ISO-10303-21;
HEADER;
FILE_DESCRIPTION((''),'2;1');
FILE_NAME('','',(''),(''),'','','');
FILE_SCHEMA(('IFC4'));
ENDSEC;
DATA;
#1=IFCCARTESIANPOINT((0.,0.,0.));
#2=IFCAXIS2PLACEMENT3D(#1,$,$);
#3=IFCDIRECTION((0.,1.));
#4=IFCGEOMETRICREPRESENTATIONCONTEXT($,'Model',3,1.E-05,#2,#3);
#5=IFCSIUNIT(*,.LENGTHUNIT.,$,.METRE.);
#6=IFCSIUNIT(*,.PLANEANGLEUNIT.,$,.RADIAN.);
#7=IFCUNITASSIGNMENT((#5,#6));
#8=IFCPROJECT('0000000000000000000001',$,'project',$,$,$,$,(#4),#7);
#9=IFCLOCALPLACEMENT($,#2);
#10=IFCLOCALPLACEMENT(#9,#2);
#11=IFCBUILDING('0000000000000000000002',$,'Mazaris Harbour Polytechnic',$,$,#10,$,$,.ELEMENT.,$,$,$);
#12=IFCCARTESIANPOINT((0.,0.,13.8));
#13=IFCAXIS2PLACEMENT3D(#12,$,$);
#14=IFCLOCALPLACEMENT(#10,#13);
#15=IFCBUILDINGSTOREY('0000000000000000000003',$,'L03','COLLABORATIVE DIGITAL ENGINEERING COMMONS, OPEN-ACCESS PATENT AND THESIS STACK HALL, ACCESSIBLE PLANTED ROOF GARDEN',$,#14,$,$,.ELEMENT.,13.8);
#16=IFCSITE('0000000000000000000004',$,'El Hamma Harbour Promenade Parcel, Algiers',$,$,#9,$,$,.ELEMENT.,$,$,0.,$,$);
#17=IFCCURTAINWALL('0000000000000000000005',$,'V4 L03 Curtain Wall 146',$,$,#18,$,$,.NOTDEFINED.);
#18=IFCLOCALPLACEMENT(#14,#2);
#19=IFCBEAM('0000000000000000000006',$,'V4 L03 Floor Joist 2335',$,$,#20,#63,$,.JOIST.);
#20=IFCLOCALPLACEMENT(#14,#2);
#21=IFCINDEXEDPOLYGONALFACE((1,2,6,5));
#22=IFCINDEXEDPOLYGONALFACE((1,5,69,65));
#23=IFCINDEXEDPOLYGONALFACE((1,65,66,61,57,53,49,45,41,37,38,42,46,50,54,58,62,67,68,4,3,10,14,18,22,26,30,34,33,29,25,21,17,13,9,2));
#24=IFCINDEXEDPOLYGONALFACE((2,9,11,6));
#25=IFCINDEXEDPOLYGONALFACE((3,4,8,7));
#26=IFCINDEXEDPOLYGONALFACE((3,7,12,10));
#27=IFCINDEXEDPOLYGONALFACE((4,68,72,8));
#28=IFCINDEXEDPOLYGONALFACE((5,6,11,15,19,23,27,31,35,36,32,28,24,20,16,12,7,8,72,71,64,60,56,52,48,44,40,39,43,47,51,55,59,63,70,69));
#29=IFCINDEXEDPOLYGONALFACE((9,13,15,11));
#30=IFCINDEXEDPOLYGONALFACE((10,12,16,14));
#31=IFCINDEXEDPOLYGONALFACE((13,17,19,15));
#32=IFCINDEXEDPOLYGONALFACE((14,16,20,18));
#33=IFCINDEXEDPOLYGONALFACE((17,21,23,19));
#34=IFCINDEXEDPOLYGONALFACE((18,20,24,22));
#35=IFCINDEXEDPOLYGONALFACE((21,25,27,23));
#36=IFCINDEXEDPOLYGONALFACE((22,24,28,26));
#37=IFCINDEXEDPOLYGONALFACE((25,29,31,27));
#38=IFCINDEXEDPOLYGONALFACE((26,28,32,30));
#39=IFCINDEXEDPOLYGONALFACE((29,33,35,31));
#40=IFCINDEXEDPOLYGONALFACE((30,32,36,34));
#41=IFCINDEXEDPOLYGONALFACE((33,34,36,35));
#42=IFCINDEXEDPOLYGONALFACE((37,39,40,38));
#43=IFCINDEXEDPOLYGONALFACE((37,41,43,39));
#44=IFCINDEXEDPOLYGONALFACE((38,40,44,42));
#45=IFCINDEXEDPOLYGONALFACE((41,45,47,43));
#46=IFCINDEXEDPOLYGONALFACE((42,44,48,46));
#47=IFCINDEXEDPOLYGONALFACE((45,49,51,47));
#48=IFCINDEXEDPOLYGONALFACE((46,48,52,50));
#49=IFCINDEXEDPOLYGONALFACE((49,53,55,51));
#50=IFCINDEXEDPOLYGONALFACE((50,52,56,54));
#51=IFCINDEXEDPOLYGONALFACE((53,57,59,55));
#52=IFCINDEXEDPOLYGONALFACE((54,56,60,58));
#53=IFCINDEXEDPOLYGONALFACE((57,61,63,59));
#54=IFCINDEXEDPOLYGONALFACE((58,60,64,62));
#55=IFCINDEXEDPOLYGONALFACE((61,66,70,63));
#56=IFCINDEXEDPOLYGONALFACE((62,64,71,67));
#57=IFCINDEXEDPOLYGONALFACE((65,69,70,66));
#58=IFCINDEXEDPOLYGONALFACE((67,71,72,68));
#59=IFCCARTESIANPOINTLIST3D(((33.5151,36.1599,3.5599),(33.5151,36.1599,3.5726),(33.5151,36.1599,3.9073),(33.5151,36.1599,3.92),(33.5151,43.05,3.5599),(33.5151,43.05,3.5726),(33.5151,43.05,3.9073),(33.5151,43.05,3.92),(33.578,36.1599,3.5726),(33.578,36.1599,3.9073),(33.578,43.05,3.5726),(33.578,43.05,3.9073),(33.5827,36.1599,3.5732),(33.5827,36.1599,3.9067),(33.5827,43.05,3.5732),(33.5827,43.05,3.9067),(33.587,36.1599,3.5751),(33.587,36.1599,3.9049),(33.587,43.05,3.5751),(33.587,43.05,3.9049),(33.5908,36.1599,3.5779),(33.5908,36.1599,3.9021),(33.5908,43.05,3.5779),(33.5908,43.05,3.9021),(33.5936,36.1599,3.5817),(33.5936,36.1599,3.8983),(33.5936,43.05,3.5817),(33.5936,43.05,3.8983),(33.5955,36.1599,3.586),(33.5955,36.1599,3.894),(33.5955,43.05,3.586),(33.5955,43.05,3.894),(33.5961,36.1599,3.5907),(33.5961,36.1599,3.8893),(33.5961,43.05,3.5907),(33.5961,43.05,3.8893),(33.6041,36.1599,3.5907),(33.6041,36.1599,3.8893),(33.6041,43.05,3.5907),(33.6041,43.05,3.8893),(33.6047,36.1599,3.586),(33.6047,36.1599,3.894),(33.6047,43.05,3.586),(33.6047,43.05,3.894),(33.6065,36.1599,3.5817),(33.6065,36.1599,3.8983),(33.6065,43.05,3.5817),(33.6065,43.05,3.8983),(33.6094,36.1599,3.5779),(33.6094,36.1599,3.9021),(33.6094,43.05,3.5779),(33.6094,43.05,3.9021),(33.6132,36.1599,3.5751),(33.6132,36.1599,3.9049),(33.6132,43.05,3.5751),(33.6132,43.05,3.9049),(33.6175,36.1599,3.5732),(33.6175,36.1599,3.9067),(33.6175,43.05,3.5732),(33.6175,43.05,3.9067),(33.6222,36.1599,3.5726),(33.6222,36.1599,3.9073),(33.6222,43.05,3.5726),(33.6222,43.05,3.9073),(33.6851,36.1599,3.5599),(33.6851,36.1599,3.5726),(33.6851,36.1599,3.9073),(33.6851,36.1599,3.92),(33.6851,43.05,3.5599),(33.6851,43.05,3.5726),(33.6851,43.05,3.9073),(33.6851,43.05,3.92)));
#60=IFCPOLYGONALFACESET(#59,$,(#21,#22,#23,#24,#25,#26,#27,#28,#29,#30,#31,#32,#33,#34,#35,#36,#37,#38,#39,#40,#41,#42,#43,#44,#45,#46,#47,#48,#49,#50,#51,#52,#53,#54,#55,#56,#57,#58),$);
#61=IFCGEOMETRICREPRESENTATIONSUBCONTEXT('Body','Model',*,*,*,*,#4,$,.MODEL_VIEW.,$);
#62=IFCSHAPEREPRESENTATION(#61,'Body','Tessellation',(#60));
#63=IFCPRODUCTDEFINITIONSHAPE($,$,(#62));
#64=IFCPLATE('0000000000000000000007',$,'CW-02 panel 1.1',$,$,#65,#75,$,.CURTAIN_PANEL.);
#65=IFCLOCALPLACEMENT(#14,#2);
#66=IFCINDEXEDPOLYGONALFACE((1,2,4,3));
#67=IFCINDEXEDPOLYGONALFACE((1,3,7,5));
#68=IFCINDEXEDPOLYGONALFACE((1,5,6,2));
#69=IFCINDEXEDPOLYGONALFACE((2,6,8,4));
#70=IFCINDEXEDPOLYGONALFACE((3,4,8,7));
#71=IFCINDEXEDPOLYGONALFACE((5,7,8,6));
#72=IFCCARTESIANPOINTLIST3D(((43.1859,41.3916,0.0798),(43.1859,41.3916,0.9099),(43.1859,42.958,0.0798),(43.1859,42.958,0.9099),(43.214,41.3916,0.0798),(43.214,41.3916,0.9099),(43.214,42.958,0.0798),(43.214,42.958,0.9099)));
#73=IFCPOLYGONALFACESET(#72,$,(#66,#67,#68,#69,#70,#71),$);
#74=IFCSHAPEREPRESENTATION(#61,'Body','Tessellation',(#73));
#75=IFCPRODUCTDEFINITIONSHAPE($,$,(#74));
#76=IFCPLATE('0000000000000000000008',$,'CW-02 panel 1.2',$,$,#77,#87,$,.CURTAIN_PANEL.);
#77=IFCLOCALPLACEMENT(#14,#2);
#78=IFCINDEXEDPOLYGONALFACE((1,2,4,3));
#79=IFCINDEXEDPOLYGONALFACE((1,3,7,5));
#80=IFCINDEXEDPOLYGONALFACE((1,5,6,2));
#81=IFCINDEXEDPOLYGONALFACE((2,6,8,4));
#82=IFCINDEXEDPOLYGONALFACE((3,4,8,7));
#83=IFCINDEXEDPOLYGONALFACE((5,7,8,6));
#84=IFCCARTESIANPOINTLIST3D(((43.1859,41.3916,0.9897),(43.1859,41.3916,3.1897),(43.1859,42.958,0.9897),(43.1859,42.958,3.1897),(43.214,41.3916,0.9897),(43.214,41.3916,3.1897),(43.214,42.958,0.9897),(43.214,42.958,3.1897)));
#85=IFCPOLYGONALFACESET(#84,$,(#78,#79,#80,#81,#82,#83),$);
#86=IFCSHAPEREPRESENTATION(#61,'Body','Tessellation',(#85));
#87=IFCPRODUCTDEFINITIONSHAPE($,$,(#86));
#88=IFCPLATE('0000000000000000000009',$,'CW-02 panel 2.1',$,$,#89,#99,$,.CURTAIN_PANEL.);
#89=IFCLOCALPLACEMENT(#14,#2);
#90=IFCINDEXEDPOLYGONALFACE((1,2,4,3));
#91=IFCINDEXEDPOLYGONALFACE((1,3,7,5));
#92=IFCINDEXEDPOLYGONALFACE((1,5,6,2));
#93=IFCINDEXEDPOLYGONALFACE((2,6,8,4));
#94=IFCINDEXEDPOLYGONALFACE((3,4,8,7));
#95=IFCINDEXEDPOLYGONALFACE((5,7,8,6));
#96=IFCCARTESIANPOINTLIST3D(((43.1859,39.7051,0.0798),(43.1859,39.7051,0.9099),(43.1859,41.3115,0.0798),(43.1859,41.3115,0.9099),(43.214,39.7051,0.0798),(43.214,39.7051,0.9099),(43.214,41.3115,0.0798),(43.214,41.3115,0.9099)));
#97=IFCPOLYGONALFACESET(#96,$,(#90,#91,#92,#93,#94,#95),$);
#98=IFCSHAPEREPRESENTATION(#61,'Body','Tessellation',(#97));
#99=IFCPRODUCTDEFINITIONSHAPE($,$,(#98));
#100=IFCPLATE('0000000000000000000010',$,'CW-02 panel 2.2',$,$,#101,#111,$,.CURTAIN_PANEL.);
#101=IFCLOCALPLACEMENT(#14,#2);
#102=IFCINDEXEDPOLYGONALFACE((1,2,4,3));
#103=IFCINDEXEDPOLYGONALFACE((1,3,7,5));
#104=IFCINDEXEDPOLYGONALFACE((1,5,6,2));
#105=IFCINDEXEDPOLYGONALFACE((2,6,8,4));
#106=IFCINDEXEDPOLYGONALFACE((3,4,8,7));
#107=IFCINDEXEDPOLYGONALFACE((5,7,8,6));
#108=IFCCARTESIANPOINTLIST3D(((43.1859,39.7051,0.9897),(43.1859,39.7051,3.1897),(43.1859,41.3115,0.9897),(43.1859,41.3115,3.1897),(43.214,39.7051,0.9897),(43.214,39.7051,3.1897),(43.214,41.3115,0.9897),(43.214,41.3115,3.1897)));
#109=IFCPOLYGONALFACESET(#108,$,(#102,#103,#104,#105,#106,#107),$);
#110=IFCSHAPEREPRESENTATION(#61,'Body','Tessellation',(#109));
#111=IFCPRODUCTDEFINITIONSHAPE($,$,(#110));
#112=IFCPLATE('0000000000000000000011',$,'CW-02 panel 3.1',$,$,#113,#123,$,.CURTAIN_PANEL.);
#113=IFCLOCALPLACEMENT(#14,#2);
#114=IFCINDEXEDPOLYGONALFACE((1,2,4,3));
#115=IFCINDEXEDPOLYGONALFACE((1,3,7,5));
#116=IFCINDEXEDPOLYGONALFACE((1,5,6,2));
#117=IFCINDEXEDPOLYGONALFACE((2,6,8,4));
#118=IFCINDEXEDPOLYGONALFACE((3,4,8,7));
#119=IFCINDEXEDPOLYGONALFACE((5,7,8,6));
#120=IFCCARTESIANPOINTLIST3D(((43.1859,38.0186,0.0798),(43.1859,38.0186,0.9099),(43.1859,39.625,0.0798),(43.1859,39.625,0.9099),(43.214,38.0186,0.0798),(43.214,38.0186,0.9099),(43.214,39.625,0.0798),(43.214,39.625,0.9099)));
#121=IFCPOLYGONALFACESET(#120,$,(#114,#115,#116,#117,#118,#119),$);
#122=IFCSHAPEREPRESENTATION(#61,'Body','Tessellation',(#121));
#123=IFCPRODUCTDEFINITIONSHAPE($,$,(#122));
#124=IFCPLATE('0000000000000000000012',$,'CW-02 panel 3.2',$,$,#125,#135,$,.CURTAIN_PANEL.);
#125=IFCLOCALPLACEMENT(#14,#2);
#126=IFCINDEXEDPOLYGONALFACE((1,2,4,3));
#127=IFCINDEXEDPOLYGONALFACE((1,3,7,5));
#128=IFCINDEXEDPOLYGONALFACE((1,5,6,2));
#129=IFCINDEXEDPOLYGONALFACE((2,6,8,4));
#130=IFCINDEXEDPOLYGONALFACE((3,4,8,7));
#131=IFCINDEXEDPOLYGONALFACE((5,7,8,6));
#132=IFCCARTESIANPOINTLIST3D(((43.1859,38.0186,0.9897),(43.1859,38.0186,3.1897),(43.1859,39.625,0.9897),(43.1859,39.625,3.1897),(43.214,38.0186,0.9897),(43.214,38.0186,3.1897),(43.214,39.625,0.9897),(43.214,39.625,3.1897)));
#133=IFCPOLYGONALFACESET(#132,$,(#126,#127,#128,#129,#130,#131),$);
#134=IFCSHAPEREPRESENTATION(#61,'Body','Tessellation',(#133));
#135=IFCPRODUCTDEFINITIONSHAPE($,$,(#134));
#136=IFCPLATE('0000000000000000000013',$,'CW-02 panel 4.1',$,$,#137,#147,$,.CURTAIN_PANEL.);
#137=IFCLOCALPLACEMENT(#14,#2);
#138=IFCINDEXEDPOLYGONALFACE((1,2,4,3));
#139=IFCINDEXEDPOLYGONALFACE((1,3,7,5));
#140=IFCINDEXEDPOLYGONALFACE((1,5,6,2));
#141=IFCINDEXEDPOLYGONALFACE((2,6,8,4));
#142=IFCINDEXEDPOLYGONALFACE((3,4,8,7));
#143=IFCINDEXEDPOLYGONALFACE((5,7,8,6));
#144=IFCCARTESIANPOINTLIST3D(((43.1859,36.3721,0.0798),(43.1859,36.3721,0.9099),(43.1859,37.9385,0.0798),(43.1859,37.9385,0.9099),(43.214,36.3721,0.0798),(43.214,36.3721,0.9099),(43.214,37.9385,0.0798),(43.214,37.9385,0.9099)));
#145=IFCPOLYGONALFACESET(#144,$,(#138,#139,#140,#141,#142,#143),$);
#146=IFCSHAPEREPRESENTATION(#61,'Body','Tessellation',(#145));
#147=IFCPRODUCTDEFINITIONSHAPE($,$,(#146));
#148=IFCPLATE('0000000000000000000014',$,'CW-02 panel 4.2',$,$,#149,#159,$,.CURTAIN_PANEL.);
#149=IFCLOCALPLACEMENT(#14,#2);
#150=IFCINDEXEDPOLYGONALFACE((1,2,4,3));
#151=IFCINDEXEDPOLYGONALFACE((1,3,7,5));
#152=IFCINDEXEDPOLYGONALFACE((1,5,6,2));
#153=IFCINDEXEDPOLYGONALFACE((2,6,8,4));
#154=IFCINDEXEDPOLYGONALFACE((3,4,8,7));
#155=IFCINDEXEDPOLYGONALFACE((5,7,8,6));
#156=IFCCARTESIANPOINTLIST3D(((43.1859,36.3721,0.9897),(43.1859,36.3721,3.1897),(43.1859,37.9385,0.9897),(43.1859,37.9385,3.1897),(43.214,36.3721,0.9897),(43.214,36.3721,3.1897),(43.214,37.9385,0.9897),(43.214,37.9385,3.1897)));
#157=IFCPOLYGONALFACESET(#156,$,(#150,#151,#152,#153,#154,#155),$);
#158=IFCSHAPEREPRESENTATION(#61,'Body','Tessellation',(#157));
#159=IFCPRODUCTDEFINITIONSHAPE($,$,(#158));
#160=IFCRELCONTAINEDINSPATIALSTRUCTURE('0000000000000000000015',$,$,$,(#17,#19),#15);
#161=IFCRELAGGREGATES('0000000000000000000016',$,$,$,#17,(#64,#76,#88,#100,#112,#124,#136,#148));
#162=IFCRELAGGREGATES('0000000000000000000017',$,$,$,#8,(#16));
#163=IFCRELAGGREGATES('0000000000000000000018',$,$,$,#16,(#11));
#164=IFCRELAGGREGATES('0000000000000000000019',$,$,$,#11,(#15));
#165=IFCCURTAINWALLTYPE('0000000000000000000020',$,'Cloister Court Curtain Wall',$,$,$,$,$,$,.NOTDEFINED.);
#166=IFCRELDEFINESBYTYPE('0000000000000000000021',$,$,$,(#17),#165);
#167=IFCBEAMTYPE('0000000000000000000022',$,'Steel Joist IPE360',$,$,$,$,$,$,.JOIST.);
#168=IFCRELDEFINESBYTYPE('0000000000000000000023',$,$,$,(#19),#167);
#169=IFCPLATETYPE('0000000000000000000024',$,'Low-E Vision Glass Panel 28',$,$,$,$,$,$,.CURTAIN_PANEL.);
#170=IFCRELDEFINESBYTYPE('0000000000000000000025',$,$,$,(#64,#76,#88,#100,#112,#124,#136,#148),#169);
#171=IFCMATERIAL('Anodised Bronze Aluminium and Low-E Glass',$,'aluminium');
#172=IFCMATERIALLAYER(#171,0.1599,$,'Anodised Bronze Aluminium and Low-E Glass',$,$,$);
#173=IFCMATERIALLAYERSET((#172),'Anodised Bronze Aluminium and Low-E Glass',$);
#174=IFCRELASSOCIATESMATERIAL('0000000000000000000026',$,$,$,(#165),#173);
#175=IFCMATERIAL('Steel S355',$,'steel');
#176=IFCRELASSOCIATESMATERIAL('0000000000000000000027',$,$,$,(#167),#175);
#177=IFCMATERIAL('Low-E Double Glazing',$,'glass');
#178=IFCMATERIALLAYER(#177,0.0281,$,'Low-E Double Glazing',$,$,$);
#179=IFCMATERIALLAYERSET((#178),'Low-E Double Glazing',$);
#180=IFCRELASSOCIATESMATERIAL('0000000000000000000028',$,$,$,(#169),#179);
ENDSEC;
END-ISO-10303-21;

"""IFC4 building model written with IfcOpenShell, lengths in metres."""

from ifc_helpers import new_model, si_unit, direction, frame, origin, origin_2d, place, context, subcontext, project, spatial, rectangle, i_section, extrude, material, layer, layer_set, material_profile, profile_set, type_object, element, aggregate, save


model = new_model("IFC4")

# Units and contexts
model_context = context("Model", 3, precision=1e-05, world=origin(), true_north=direction((0.0, 1.0)))
body_context = subcontext(model_context, "Body", "Model", "MODEL_VIEW")
ifc_project = project(units=[si_unit("LENGTHUNIT", "METRE"), si_unit("PLANEANGLEUNIT", "RADIAN")], contexts=[model_context])

# Site, building, storey
site_placement = place(None, origin())
site = spatial("IfcSite", under=ifc_project, at=site_placement, Name="El Hamma Harbour Promenade Parcel, Algiers", CompositionType="ELEMENT", RefElevation=0.0)
building_placement = place(site_placement, origin())
building = spatial("IfcBuilding", under=site, at=building_placement, Name="Mazaris Harbour Polytechnic", CompositionType="ELEMENT")
storey_placement = place(building_placement, frame((0.0, 0.0, 13.8)))
storey = spatial("IfcBuildingStorey", under=building, at=storey_placement, Name="L03", Description="COLLABORATIVE DIGITAL ENGINEERING COMMONS, OPEN-ACCESS PATENT AND THESIS STACK HALL, ACCESSIBLE PLANTED ROOF GARDEN", CompositionType="ELEMENT", Elevation=13.8)

# Curtain wall
ifc_material_1 = material(Name="Anodised Bronze Aluminium and Low-E Glass", Category="aluminium")
ifc_layer_1 = layer(ifc_material_1, 0.1599, Name="Anodised Bronze Aluminium and Low-E Glass")
ifc_layer_set_1 = layer_set([ifc_layer_1], Name="Anodised Bronze Aluminium and Low-E Glass")
curtain_wall_type = type_object("IfcCurtainWallType", Name="Cloister Court Curtain Wall", PredefinedType="NOTDEFINED", material=ifc_layer_set_1)
curtain_wall_placement = place(storey_placement, origin())
curtain_wall = element("IfcCurtainWall", 1, at=curtain_wall_placement, inside=storey, type_object=curtain_wall_type, Name="V4 L03 Curtain Wall 146", PredefinedType="NOTDEFINED")

# Beam
ifc_material_2 = material(Name="Steel S355", Category="steel")
ifc_material_profile_1 = material_profile(ifc_material_2, i_section(OverallWidth=0.1699, OverallDepth=0.3601, WebThickness=0.0081, FlangeThickness=0.0127, FilletRadius=0.0181, at=origin_2d()), Name="IPE 360")
ifc_profile_set_1 = profile_set([ifc_material_profile_1], Name="Steel S355")
beam_type_1 = type_object("IfcBeamType", Name="Steel Joist IPE360", PredefinedType="JOIST", material=ifc_profile_set_1)
beam_1_placement = place(storey_placement, frame((33.6001, 36.1599, 3.74), z_axis=(0.0, 1.0, 0.0), x_axis=(-1.0, 0.0, 0.0)))
element("IfcBeam", 2, at=beam_1_placement, inside=storey, type_object=beam_type_1, Name="V4 L03 Floor Joist 2335", PredefinedType="JOIST", context=body_context, shape_type="SweptSolid", body=[
    extrude(i_section(OverallWidth=0.1699, OverallDepth=0.3601, WebThickness=0.0081, FlangeThickness=0.0127, FilletRadius=0.0181, at=origin_2d()), origin(), (0.0, 0.0, 1.0), 6.8901),
])

# Plates
ifc_material_3 = material(Name="Low-E Double Glazing", Category="glass")
ifc_layer_2 = layer(ifc_material_3, 0.0281, Name="Low-E Double Glazing")
ifc_layer_set_2 = layer_set([ifc_layer_2], Name="Low-E Double Glazing")
plate_type = type_object("IfcPlateType", Name="Low-E Vision Glass Panel 28", PredefinedType="CURTAIN_PANEL", material=ifc_layer_set_2)
plate_1_placement = place(storey_placement, frame((43.2, 42.1748, 0.0798), z_axis=(0.0, 0.0, 1.0), x_axis=(0.0, -1.0, 0.0)))
plate_1 = element("IfcPlate", 3, at=plate_1_placement, type_object=plate_type, Name="CW-02 panel 1.1", PredefinedType="CURTAIN_PANEL", context=body_context, shape_type="SweptSolid", body=[
    extrude(rectangle(XDim=1.5664, YDim=0.0281, at=origin_2d()), origin(), (0.0, 0.0, 1.0), 0.8301),
])
plate_2_placement = place(storey_placement, frame((43.2, 42.1748, 0.9897), z_axis=(0.0, 0.0, 1.0), x_axis=(0.0, -1.0, 0.0)))
plate_2 = element("IfcPlate", 4, at=plate_2_placement, type_object=plate_type, Name="CW-02 panel 1.2", PredefinedType="CURTAIN_PANEL", context=body_context, shape_type="SweptSolid", body=[
    extrude(rectangle(XDim=1.5664, YDim=0.0281, at=origin_2d()), origin(), (0.0, 0.0, 1.0), 2.2),
])
plate_3_placement = place(storey_placement, frame((43.2, 40.5083, 0.0798), z_axis=(0.0, 0.0, 1.0), x_axis=(0.0, -1.0, 0.0)))
plate_3 = element("IfcPlate", 5, at=plate_3_placement, type_object=plate_type, Name="CW-02 panel 2.1", PredefinedType="CURTAIN_PANEL", context=body_context, shape_type="SweptSolid", body=[
    extrude(rectangle(XDim=1.6064, YDim=0.0281, at=origin_2d()), origin(), (0.0, 0.0, 1.0), 0.8301),
])
plate_4_placement = place(storey_placement, frame((43.2, 40.5083, 0.9897), z_axis=(0.0, 0.0, 1.0), x_axis=(0.0, -1.0, 0.0)))
plate_4 = element("IfcPlate", 6, at=plate_4_placement, type_object=plate_type, Name="CW-02 panel 2.2", PredefinedType="CURTAIN_PANEL", context=body_context, shape_type="SweptSolid", body=[
    extrude(rectangle(XDim=1.6064, YDim=0.0281, at=origin_2d()), origin(), (0.0, 0.0, 1.0), 2.2),
])
plate_5_placement = place(storey_placement, frame((43.2, 38.8218, 0.0798), z_axis=(0.0, 0.0, 1.0), x_axis=(0.0, -1.0, 0.0)))
plate_5 = element("IfcPlate", 7, at=plate_5_placement, type_object=plate_type, Name="CW-02 panel 3.1", PredefinedType="CURTAIN_PANEL", context=body_context, shape_type="SweptSolid", body=[
    extrude(rectangle(XDim=1.6064, YDim=0.0281, at=origin_2d()), origin(), (0.0, 0.0, 1.0), 0.8301),
])
plate_6_placement = place(storey_placement, frame((43.2, 38.8218, 0.9897), z_axis=(0.0, 0.0, 1.0), x_axis=(0.0, -1.0, 0.0)))
plate_6 = element("IfcPlate", 8, at=plate_6_placement, type_object=plate_type, Name="CW-02 panel 3.2", PredefinedType="CURTAIN_PANEL", context=body_context, shape_type="SweptSolid", body=[
    extrude(rectangle(XDim=1.6064, YDim=0.0281, at=origin_2d()), origin(), (0.0, 0.0, 1.0), 2.2),
])
plate_7_placement = place(storey_placement, frame((43.2, 37.1553, 0.0798), z_axis=(0.0, 0.0, 1.0), x_axis=(0.0, -1.0, 0.0)))
plate_7 = element("IfcPlate", 9, at=plate_7_placement, type_object=plate_type, Name="CW-02 panel 4.1", PredefinedType="CURTAIN_PANEL", context=body_context, shape_type="SweptSolid", body=[
    extrude(rectangle(XDim=1.5664, YDim=0.0281, at=origin_2d()), origin(), (0.0, 0.0, 1.0), 0.8301),
])
plate_8_placement = place(storey_placement, frame((43.2, 37.1553, 0.9897), z_axis=(0.0, 0.0, 1.0), x_axis=(0.0, -1.0, 0.0)))
plate_8 = element("IfcPlate", 10, at=plate_8_placement, type_object=plate_type, Name="CW-02 panel 4.2", PredefinedType="CURTAIN_PANEL", context=body_context, shape_type="SweptSolid", body=[
    extrude(rectangle(XDim=1.5664, YDim=0.0281, at=origin_2d()), origin(), (0.0, 0.0, 1.0), 2.2),
])
aggregate(curtain_wall, [plate_1, plate_2, plate_3, plate_4, plate_5, plate_6, plate_7, plate_8])

save(model, "model.ifc")
